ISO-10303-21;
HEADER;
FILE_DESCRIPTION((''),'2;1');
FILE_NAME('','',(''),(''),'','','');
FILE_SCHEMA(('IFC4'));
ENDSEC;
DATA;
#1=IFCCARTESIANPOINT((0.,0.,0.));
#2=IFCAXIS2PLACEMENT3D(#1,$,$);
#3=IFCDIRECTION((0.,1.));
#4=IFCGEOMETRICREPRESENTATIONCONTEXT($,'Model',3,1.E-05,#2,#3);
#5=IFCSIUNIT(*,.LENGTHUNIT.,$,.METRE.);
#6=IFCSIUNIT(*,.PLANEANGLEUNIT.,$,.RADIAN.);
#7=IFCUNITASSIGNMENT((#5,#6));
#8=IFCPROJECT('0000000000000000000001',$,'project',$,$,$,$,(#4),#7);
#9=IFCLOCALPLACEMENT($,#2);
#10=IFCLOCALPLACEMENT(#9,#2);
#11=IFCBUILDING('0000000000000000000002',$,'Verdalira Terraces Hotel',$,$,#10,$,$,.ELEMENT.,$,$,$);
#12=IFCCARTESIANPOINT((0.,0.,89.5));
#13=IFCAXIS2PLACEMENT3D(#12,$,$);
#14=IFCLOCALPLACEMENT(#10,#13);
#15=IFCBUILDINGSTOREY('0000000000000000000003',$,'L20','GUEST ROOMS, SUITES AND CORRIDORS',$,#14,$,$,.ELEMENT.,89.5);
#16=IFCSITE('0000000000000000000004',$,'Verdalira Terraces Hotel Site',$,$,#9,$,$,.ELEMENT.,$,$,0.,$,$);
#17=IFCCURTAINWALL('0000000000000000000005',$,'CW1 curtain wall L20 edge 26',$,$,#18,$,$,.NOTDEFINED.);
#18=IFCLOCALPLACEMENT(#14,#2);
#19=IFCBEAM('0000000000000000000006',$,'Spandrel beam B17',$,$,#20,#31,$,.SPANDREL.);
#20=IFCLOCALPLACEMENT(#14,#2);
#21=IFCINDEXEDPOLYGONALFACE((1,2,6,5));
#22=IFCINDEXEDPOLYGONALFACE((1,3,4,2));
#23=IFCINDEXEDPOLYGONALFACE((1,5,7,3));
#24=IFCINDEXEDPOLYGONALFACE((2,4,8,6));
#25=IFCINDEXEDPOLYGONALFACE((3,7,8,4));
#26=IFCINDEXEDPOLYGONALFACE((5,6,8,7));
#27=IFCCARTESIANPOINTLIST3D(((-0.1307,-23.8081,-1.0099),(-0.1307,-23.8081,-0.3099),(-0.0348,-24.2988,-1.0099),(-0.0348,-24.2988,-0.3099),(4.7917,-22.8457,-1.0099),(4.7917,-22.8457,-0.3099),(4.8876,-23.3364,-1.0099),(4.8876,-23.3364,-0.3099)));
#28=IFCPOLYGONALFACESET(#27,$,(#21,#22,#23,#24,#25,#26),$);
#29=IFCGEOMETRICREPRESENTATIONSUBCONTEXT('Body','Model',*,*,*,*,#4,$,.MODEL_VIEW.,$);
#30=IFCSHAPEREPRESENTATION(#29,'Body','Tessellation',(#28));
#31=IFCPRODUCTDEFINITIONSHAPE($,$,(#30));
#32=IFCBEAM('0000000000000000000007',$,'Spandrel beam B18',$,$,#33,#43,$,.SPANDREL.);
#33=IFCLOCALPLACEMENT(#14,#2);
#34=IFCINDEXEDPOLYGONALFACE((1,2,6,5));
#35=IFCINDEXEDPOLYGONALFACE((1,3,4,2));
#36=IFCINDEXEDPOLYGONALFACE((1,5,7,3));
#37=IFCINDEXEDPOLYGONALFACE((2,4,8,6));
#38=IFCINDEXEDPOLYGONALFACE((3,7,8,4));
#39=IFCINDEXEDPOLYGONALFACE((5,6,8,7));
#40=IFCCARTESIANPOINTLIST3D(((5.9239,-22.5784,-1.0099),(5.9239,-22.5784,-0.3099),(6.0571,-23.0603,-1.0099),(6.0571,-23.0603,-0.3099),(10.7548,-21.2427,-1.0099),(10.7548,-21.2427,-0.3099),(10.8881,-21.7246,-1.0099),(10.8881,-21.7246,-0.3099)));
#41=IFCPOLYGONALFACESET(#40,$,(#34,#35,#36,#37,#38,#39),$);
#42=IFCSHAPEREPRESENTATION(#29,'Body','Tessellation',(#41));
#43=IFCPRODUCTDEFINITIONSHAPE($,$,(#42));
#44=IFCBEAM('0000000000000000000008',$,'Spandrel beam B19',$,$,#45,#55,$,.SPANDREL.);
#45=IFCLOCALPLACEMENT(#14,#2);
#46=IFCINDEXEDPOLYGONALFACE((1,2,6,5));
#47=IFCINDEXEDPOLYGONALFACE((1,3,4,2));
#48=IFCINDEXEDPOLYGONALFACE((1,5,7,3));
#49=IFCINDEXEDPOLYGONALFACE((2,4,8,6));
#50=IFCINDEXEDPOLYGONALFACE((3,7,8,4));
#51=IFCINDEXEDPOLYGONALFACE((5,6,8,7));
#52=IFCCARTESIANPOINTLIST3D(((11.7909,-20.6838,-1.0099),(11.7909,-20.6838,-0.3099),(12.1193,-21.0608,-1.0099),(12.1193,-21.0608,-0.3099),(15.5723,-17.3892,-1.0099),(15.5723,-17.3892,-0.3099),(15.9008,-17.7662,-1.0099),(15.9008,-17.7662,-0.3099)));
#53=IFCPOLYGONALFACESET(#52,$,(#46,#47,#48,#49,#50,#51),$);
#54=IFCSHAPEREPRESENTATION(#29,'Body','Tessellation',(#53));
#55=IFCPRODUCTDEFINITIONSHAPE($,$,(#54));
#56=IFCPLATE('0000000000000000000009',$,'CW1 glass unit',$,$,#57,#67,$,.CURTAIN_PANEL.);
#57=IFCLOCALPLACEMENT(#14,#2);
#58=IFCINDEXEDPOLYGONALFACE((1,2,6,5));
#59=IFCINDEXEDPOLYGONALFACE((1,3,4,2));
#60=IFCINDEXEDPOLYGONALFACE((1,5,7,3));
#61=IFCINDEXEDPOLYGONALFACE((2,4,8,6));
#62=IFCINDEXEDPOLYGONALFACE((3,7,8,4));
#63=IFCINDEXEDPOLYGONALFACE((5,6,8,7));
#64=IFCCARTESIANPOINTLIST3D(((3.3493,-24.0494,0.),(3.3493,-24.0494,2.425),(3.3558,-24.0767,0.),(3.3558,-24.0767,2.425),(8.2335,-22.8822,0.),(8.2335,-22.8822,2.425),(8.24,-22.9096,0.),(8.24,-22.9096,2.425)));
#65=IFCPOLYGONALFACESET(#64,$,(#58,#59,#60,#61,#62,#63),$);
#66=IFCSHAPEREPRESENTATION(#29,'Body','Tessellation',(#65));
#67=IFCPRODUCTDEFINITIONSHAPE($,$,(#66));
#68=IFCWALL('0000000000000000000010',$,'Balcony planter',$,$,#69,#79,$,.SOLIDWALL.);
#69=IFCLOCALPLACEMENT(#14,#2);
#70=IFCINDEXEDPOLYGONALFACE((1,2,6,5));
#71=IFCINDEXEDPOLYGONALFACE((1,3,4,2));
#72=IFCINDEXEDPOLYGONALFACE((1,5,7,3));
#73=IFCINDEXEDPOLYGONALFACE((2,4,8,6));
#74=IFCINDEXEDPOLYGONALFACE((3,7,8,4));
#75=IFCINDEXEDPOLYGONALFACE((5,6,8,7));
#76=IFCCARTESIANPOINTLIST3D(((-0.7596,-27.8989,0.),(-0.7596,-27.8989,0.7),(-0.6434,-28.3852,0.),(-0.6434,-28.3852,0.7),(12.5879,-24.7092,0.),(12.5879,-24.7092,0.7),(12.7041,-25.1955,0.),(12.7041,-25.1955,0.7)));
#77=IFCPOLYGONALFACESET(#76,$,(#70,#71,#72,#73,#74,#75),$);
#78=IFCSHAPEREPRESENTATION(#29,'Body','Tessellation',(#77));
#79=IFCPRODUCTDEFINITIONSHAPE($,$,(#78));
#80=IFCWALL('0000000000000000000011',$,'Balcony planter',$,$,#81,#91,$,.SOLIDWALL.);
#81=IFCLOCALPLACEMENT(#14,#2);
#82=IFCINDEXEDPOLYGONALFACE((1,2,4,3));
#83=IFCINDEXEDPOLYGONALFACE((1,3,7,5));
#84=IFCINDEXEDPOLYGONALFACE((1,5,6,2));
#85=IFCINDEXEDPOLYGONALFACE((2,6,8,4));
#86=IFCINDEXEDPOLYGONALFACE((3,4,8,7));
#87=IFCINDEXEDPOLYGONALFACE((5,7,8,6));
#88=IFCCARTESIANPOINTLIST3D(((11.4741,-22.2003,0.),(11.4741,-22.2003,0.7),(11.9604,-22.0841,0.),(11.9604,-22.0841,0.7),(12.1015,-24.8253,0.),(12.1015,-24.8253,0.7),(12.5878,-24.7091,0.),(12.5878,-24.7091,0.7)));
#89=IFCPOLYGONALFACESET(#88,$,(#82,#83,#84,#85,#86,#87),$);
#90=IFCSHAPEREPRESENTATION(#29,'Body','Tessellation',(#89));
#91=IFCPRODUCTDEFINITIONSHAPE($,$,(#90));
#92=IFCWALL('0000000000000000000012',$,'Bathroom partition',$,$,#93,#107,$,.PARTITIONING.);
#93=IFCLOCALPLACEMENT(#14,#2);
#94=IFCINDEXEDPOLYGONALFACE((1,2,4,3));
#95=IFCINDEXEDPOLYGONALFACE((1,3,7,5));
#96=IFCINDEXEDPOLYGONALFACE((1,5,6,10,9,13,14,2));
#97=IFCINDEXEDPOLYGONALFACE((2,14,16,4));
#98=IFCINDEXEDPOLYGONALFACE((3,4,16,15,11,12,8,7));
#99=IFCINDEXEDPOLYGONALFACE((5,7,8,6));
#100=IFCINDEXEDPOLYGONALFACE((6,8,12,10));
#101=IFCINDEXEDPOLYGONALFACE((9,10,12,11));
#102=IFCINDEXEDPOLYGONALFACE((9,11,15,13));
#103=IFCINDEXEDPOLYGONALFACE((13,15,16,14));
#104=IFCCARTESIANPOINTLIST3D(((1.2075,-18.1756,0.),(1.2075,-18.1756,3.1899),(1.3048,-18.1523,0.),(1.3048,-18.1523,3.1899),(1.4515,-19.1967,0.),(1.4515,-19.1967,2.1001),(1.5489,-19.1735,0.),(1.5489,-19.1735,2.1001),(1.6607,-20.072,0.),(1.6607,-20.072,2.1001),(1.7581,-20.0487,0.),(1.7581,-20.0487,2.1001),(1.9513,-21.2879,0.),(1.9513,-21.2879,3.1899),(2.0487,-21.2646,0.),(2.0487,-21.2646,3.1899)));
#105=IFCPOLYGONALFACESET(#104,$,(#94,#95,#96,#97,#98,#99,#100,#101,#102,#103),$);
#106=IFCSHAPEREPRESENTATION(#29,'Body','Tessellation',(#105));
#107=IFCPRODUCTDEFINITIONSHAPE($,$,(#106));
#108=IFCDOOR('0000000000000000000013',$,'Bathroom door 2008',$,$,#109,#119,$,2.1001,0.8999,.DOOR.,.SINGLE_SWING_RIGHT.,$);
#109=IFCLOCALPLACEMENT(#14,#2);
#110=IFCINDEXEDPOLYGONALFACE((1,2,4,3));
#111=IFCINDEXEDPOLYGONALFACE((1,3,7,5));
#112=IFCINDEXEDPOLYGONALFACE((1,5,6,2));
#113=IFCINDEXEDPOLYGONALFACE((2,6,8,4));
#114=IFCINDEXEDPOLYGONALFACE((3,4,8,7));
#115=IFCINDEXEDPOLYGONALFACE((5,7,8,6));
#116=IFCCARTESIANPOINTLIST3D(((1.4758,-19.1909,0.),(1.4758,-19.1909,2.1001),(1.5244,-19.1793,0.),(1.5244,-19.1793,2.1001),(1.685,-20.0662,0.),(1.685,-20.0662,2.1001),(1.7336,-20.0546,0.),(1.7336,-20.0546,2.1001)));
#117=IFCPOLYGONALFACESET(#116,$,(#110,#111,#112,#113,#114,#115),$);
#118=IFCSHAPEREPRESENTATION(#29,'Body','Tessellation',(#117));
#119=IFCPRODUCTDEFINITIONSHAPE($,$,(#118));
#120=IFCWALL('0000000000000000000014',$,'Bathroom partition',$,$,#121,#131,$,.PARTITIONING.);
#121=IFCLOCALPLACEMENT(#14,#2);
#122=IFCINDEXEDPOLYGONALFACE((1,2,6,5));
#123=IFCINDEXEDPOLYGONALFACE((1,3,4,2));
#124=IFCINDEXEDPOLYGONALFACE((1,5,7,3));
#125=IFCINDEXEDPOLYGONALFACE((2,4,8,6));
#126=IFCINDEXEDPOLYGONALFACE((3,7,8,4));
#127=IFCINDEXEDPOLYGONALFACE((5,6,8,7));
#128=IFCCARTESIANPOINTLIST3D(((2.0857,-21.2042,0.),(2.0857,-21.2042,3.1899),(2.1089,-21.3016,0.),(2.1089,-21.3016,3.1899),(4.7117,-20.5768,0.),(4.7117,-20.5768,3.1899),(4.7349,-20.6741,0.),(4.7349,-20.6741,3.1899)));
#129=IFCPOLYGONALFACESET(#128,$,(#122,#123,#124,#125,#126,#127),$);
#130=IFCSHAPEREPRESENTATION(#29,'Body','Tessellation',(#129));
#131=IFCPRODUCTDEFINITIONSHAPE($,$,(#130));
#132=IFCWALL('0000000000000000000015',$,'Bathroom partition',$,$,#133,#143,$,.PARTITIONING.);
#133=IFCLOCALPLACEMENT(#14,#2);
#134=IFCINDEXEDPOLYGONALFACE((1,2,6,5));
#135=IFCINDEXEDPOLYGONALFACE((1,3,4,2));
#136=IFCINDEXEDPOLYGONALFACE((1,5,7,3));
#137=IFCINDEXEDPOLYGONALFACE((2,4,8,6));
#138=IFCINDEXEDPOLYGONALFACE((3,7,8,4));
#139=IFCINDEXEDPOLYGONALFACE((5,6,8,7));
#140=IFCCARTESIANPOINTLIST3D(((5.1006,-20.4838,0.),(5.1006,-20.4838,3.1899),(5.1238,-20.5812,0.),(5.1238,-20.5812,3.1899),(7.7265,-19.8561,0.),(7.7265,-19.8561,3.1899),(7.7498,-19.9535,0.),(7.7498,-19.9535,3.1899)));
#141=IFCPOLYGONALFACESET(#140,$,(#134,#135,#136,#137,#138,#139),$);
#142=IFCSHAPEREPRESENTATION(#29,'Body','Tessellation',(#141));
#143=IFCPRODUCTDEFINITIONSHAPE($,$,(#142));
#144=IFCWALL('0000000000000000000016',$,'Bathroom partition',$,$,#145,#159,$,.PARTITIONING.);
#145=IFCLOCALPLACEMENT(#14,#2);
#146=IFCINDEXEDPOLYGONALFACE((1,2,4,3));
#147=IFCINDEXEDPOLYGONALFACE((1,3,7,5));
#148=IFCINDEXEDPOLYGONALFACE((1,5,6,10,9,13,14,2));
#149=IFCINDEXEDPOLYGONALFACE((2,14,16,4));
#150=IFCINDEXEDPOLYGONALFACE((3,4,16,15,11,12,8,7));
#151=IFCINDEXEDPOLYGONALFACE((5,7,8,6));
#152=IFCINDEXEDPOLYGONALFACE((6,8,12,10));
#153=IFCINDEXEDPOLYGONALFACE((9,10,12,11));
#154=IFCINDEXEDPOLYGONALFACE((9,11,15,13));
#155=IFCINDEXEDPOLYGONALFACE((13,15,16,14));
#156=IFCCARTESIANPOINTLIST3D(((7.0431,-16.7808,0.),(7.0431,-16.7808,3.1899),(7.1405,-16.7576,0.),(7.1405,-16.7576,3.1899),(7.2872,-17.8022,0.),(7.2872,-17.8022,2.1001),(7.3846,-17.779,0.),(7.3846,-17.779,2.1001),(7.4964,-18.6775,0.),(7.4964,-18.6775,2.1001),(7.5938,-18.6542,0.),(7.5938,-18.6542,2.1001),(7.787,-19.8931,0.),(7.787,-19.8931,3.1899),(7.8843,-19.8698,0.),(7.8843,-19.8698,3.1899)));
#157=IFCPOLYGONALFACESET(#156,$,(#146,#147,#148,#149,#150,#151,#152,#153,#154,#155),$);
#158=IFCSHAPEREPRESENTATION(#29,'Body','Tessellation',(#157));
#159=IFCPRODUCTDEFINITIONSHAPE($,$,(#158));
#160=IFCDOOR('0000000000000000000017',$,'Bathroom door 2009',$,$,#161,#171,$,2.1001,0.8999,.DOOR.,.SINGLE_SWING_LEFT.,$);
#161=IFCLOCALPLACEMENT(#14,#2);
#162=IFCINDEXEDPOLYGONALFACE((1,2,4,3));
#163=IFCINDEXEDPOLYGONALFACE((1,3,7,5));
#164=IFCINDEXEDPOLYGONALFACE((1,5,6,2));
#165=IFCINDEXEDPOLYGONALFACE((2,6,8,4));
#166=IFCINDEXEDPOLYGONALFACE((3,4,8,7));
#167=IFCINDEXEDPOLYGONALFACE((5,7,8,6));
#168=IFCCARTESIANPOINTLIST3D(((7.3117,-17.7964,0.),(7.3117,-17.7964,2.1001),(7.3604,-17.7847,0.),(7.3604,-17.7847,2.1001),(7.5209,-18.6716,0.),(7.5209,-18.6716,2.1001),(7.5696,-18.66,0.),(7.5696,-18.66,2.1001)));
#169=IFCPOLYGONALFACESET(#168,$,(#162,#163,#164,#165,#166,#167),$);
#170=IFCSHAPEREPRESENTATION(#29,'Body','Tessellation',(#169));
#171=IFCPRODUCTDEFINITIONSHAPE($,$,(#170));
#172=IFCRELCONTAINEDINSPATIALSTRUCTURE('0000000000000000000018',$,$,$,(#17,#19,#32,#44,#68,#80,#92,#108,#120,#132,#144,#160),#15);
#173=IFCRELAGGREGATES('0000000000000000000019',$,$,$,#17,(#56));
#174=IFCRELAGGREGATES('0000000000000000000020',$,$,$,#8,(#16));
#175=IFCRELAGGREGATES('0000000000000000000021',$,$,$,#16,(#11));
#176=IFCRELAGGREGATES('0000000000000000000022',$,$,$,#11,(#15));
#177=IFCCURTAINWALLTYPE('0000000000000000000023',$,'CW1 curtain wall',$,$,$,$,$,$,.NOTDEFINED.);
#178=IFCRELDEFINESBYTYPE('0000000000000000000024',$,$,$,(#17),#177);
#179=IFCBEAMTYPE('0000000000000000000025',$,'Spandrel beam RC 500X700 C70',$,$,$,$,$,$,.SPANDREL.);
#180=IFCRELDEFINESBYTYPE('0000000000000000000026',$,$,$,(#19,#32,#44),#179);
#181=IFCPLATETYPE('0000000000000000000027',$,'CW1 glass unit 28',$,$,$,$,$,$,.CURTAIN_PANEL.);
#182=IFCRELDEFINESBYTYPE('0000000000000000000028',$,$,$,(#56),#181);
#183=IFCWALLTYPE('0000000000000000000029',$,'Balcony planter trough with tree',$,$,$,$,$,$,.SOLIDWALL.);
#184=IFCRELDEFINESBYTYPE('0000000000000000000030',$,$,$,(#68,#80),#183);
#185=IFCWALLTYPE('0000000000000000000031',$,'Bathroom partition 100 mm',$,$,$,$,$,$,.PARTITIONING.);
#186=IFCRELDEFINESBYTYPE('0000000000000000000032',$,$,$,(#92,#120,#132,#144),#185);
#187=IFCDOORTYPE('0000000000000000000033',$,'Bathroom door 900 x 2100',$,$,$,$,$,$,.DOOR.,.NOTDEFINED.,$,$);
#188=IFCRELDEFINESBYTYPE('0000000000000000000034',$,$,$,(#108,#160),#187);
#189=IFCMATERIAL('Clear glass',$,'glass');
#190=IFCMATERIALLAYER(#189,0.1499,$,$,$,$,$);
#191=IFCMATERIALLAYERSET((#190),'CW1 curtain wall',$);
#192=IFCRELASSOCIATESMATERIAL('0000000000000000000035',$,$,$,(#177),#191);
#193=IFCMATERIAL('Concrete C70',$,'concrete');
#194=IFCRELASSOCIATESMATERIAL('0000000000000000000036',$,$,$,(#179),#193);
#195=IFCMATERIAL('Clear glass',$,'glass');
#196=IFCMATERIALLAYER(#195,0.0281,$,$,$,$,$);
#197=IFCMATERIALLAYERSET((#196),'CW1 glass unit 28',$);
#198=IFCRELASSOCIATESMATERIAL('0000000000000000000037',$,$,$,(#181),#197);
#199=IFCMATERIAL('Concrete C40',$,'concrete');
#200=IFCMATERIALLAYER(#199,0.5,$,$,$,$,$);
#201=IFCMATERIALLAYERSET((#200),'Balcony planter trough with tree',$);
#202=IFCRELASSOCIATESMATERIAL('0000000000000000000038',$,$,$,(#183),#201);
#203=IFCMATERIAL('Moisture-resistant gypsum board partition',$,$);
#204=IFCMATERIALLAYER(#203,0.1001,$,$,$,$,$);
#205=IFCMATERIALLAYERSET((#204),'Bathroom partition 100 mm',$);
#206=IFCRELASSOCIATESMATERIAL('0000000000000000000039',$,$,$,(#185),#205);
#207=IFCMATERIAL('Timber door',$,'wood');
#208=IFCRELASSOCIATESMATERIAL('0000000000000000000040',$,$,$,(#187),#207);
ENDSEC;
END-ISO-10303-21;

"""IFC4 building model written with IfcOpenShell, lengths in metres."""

from ifc_helpers import new_model, si_unit, direction, frame, frame_2d, origin, origin_2d, place, context, subcontext, project, spatial, rectangle, extrude, material, layer, layer_set, material_profile, profile_set, type_object, element, fill, aggregate, save


model = new_model("IFC4")

# Units and contexts
model_context = context("Model", 3, precision=1e-05, world=origin(), true_north=direction((0.0, 1.0)))
body_context = subcontext(model_context, "Body", "Model", "MODEL_VIEW")
ifc_project = project(units=[si_unit("LENGTHUNIT", "METRE"), si_unit("PLANEANGLEUNIT", "RADIAN")], contexts=[model_context])

# Site, building, storey
site_placement = place(None, origin())
site = spatial("IfcSite", under=ifc_project, at=site_placement, Name="Verdalira Terraces Hotel Site", CompositionType="ELEMENT", RefElevation=0.0)
building_placement = place(site_placement, origin())
building = spatial("IfcBuilding", under=site, at=building_placement, Name="Verdalira Terraces Hotel", CompositionType="ELEMENT")
storey_placement = place(building_placement, frame((0.0, 0.0, 89.5)))
storey = spatial("IfcBuildingStorey", under=building, at=storey_placement, Name="L20", Description="GUEST ROOMS, SUITES AND CORRIDORS", CompositionType="ELEMENT", Elevation=89.5)

# Curtain wall
ifc_material_1 = material(Name="Clear glass", Category="glass")
ifc_layer_1 = layer(ifc_material_1, 0.1499)
ifc_layer_set_1 = layer_set([ifc_layer_1], Name="CW1 curtain wall")
curtain_wall_type = type_object("IfcCurtainWallType", Name="CW1 curtain wall", PredefinedType="NOTDEFINED", material=ifc_layer_set_1)
curtain_wall_1_placement = place(storey_placement, origin())
curtain_wall_1 = element("IfcCurtainWall", 1, at=curtain_wall_1_placement, inside=storey, type_object=curtain_wall_type, Name="CW1 curtain wall L20 edge 26", PredefinedType="NOTDEFINED")

# Beams
ifc_material_2 = material(Name="Concrete C70", Category="concrete")
ifc_material_profile_1 = material_profile(ifc_material_2, rectangle(XDim=0.5, YDim=0.7, at=origin_2d()), Name="RC 500X700")
ifc_profile_set_1 = profile_set([ifc_material_profile_1], Name="Concrete C70")
beam_type_1 = type_object("IfcBeamType", Name="Spandrel beam RC 500X700 C70", PredefinedType="SPANDREL", material=ifc_profile_set_1)
beam_1_placement = place(storey_placement, frame((-0.0828, -24.0535, -0.6599), z_axis=(0.981418, 0.191883, 0.0), x_axis=(-0.191883, 0.981418, 0.0)))
element("IfcBeam", 2, at=beam_1_placement, inside=storey, type_object=beam_type_1, Name="Spandrel beam B17", PredefinedType="SPANDREL", context=body_context, shape_type="SweptSolid", body=[
    extrude(rectangle(XDim=0.5, YDim=0.7, at=origin_2d()), origin(), (0.0, 0.0, 1.0), 5.0156),
])
beam_2_placement = place(storey_placement, frame((5.9905, -22.8193, -0.6599), z_axis=(0.96384, 0.266483, 0.0), x_axis=(-0.266483, 0.96384, 0.0)))
element("IfcBeam", 3, at=beam_2_placement, inside=storey, type_object=beam_type_1, Name="Spandrel beam B18", PredefinedType="SPANDREL", context=body_context, shape_type="SweptSolid", body=[
    extrude(rectangle(XDim=0.5, YDim=0.7, at=origin_2d()), origin(), (0.0, 0.0, 1.0), 5.0122),
])
beam_3_placement = place(storey_placement, frame((11.9551, -20.8723, -0.6599), z_axis=(0.753971, 0.656908, 0.0), x_axis=(-0.656908, 0.753971, 0.0)))
element("IfcBeam", 4, at=beam_3_placement, inside=storey, type_object=beam_type_1, Name="Spandrel beam B19", PredefinedType="SPANDREL", context=body_context, shape_type="SweptSolid", body=[
    extrude(rectangle(XDim=0.5, YDim=0.7, at=origin_2d()), origin(), (0.0, 0.0, 1.0), 5.0154),
])

# Plate
ifc_material_3 = material(Name="Clear glass", Category="glass")
ifc_layer_2 = layer(ifc_material_3, 0.0281)
ifc_layer_set_2 = layer_set([ifc_layer_2], Name="CW1 glass unit 28")
plate_type = type_object("IfcPlateType", Name="CW1 glass unit 28", PredefinedType="CURTAIN_PANEL", material=ifc_layer_set_2)
plate_placement = place(storey_placement, frame((5.7947, -23.4795, 0.0), z_axis=(0.0, 0.0, 1.0), x_axis=(0.972614, 0.232427, 0.0)))
plate = element("IfcPlate", 5, at=plate_placement, type_object=plate_type, Name="CW1 glass unit", PredefinedType="CURTAIN_PANEL", context=body_context, shape_type="SweptSolid", body=[
    extrude(rectangle(XDim=5.0217, YDim=0.0281, at=origin_2d()), origin(), (0.0, 0.0, 1.0), 2.425),
])
aggregate(curtain_wall_1, [plate])

# Walls
ifc_material_4 = material(Name="Concrete C40", Category="concrete")
ifc_layer_3 = layer(ifc_material_4, 0.5)
ifc_layer_set_3 = layer_set([ifc_layer_3], Name="Balcony planter trough with tree")
wall_type_1 = type_object("IfcWallType", Name="Balcony planter trough with tree", PredefinedType="SOLIDWALL", material=ifc_layer_set_3)
wall_1_placement = place(storey_placement, frame((-0.7017, -28.1421, 0.0), z_axis=(0.0, 0.0, 1.0), x_axis=(0.972614, 0.232426, 0.0)))
element("IfcWall", 6, at=wall_1_placement, inside=storey, type_object=wall_type_1, Name="Balcony planter", PredefinedType="SOLIDWALL", context=body_context, shape_type="SweptSolid", body=[
    extrude(rectangle(XDim=13.7234, YDim=0.5, at=frame_2d((6.8618, 0.0))), origin(), (0.0, 0.0, 1.0), 0.7),
])
wall_2_placement = place(storey_placement, frame((12.3447, -24.7673, 0.0), z_axis=(0.0, 0.0, 1.0), x_axis=(-0.232476, 0.972602, 0.0)))
element("IfcWall", 7, at=wall_2_placement, inside=storey, type_object=wall_type_1, Name="Balcony planter", PredefinedType="SOLIDWALL", context=body_context, shape_type="SweptSolid", body=[
    extrude(rectangle(XDim=2.699, YDim=0.5, at=frame_2d((1.3496, 0.0))), origin(), (0.0, 0.0, 1.0), 0.7),
])

# Wall, opening, door
ifc_material_5 = material(Name="Moisture-resistant gypsum board partition")
ifc_layer_4 = layer(ifc_material_5, 0.1001)
ifc_layer_set_4 = layer_set([ifc_layer_4], Name="Bathroom partition 100 mm")
wall_type_2 = type_object("IfcWallType", Name="Bathroom partition 100 mm", PredefinedType="PARTITIONING", material=ifc_layer_set_4)
wall_3_placement = place(storey_placement, frame((1.2561, -18.1638, 0.0), z_axis=(0.0, 0.0, 1.0), x_axis=(0.23247, -0.972604, 0.0)))
wall_3 = element("IfcWall", 8, at=wall_3_placement, inside=storey, type_object=wall_type_2, Name="Bathroom partition", PredefinedType="PARTITIONING", context=body_context, shape_type="SweptSolid", body=[
    extrude(rectangle(XDim=3.2, YDim=0.1001, at=frame_2d((1.6001, 0.0))), origin(), (0.0, 0.0, 1.0), 3.1899),
])
opening_1_placement = place(wall_3_placement, frame((1.05, 0.0, 0.0)))
opening_1 = element("IfcOpeningElement", 9, at=opening_1_placement, cuts=wall_3, PredefinedType="OPENING", context=body_context, shape_type="SweptSolid", body=[
    extrude(rectangle(XDim=0.8999, YDim=2.1001, at=frame_2d((0.45, 1.05))), frame((0.0, 0.0601, 0.0), z_axis=(0.0, -1.0, 0.0), x_axis=(1.0, 0.0, 0.0)), (0.0, 0.0, 1.0), 0.1201),
])
ifc_material_6 = material(Name="Timber door", Category="wood")
door_type_1 = type_object("IfcDoorType", Name="Bathroom door 900 x 2100", OperationType="NOTDEFINED", PredefinedType="DOOR", material=ifc_material_6)
door_1_placement = place(opening_1_placement, origin())
door_1 = element("IfcDoor", 10, at=door_1_placement, inside=storey, type_object=door_type_1, Name="Bathroom door 2008", OperationType="SINGLE_SWING_RIGHT", OverallHeight=2.1001, OverallWidth=0.8999, PredefinedType="DOOR", context=body_context, shape_type="SweptSolid", body=[
    extrude(rectangle(XDim=0.8999, YDim=2.1001, at=frame_2d((0.45, 1.05))), frame((0.0, 0.0249, 0.0), z_axis=(0.0, -1.0, 0.0), x_axis=(1.0, 0.0, 0.0)), (0.0, 0.0, 1.0), 0.05),
])
fill(opening_1, door_1)

# Walls
for number, where, z_axis, x_axis, name in (
    (11, (2.0972, -21.2529, 0.0), (0.0, 0.0, 1.0), (0.972622, 0.232395, 0.0), "Bathroom partition"),
    (12, (7.7383, -19.9048, 0.0), (0.0, 0.0, 1.0), (-0.972601, -0.23248, 0.0), "Bathroom partition"),
):
    element("IfcWall", number, at=place(storey_placement, frame(where, z_axis=z_axis, x_axis=x_axis)), inside=storey, type_object=wall_type_2, Name=name, PredefinedType="PARTITIONING", context=body_context, shape_type="SweptSolid", body=[
        extrude(rectangle(XDim=2.7, YDim=0.1001, at=frame_2d((1.3501, 0.0))), origin(), (0.0, 0.0, 1.0), 3.1899),
    ])

# Wall, opening, door
wall_4_placement = place(storey_placement, frame((7.8357, -19.8816, 0.0), z_axis=(0.0, 0.0, 1.0), x_axis=(-0.23247, 0.972604, 0.0)))
wall_4 = element("IfcWall", 13, at=wall_4_placement, inside=storey, type_object=wall_type_2, Name="Bathroom partition", PredefinedType="PARTITIONING", context=body_context, shape_type="SweptSolid", body=[
    extrude(rectangle(XDim=3.2, YDim=0.1001, at=frame_2d((1.6001, 0.0))), origin(), (0.0, 0.0, 1.0), 3.1899),
])
opening_2_placement = place(wall_4_placement, frame((1.25, 0.0, 0.0)))
opening_2 = element("IfcOpeningElement", 14, at=opening_2_placement, cuts=wall_4, PredefinedType="OPENING", context=body_context, shape_type="SweptSolid", body=[
    extrude(rectangle(XDim=0.8999, YDim=2.1001, at=frame_2d((0.45, 1.05))), frame((0.0, 0.0601, 0.0), z_axis=(0.0, -1.0, 0.0), x_axis=(1.0, 0.0, 0.0)), (0.0, 0.0, 1.0), 0.1201),
])
door_2_placement = place(opening_2_placement, origin())
door_2 = element("IfcDoor", 15, at=door_2_placement, inside=storey, type_object=door_type_1, Name="Bathroom door 2009", OperationType="SINGLE_SWING_LEFT", OverallHeight=2.1001, OverallWidth=0.8999, PredefinedType="DOOR", context=body_context, shape_type="SweptSolid", body=[
    extrude(rectangle(XDim=0.8999, YDim=2.1001, at=frame_2d((0.45, 1.05))), frame((0.0, 0.0249, 0.0), z_axis=(0.0, -1.0, 0.0), x_axis=(1.0, 0.0, 0.0)), (0.0, 0.0, 1.0), 0.05),
])
fill(opening_2, door_2)

save(model, "model.ifc")
